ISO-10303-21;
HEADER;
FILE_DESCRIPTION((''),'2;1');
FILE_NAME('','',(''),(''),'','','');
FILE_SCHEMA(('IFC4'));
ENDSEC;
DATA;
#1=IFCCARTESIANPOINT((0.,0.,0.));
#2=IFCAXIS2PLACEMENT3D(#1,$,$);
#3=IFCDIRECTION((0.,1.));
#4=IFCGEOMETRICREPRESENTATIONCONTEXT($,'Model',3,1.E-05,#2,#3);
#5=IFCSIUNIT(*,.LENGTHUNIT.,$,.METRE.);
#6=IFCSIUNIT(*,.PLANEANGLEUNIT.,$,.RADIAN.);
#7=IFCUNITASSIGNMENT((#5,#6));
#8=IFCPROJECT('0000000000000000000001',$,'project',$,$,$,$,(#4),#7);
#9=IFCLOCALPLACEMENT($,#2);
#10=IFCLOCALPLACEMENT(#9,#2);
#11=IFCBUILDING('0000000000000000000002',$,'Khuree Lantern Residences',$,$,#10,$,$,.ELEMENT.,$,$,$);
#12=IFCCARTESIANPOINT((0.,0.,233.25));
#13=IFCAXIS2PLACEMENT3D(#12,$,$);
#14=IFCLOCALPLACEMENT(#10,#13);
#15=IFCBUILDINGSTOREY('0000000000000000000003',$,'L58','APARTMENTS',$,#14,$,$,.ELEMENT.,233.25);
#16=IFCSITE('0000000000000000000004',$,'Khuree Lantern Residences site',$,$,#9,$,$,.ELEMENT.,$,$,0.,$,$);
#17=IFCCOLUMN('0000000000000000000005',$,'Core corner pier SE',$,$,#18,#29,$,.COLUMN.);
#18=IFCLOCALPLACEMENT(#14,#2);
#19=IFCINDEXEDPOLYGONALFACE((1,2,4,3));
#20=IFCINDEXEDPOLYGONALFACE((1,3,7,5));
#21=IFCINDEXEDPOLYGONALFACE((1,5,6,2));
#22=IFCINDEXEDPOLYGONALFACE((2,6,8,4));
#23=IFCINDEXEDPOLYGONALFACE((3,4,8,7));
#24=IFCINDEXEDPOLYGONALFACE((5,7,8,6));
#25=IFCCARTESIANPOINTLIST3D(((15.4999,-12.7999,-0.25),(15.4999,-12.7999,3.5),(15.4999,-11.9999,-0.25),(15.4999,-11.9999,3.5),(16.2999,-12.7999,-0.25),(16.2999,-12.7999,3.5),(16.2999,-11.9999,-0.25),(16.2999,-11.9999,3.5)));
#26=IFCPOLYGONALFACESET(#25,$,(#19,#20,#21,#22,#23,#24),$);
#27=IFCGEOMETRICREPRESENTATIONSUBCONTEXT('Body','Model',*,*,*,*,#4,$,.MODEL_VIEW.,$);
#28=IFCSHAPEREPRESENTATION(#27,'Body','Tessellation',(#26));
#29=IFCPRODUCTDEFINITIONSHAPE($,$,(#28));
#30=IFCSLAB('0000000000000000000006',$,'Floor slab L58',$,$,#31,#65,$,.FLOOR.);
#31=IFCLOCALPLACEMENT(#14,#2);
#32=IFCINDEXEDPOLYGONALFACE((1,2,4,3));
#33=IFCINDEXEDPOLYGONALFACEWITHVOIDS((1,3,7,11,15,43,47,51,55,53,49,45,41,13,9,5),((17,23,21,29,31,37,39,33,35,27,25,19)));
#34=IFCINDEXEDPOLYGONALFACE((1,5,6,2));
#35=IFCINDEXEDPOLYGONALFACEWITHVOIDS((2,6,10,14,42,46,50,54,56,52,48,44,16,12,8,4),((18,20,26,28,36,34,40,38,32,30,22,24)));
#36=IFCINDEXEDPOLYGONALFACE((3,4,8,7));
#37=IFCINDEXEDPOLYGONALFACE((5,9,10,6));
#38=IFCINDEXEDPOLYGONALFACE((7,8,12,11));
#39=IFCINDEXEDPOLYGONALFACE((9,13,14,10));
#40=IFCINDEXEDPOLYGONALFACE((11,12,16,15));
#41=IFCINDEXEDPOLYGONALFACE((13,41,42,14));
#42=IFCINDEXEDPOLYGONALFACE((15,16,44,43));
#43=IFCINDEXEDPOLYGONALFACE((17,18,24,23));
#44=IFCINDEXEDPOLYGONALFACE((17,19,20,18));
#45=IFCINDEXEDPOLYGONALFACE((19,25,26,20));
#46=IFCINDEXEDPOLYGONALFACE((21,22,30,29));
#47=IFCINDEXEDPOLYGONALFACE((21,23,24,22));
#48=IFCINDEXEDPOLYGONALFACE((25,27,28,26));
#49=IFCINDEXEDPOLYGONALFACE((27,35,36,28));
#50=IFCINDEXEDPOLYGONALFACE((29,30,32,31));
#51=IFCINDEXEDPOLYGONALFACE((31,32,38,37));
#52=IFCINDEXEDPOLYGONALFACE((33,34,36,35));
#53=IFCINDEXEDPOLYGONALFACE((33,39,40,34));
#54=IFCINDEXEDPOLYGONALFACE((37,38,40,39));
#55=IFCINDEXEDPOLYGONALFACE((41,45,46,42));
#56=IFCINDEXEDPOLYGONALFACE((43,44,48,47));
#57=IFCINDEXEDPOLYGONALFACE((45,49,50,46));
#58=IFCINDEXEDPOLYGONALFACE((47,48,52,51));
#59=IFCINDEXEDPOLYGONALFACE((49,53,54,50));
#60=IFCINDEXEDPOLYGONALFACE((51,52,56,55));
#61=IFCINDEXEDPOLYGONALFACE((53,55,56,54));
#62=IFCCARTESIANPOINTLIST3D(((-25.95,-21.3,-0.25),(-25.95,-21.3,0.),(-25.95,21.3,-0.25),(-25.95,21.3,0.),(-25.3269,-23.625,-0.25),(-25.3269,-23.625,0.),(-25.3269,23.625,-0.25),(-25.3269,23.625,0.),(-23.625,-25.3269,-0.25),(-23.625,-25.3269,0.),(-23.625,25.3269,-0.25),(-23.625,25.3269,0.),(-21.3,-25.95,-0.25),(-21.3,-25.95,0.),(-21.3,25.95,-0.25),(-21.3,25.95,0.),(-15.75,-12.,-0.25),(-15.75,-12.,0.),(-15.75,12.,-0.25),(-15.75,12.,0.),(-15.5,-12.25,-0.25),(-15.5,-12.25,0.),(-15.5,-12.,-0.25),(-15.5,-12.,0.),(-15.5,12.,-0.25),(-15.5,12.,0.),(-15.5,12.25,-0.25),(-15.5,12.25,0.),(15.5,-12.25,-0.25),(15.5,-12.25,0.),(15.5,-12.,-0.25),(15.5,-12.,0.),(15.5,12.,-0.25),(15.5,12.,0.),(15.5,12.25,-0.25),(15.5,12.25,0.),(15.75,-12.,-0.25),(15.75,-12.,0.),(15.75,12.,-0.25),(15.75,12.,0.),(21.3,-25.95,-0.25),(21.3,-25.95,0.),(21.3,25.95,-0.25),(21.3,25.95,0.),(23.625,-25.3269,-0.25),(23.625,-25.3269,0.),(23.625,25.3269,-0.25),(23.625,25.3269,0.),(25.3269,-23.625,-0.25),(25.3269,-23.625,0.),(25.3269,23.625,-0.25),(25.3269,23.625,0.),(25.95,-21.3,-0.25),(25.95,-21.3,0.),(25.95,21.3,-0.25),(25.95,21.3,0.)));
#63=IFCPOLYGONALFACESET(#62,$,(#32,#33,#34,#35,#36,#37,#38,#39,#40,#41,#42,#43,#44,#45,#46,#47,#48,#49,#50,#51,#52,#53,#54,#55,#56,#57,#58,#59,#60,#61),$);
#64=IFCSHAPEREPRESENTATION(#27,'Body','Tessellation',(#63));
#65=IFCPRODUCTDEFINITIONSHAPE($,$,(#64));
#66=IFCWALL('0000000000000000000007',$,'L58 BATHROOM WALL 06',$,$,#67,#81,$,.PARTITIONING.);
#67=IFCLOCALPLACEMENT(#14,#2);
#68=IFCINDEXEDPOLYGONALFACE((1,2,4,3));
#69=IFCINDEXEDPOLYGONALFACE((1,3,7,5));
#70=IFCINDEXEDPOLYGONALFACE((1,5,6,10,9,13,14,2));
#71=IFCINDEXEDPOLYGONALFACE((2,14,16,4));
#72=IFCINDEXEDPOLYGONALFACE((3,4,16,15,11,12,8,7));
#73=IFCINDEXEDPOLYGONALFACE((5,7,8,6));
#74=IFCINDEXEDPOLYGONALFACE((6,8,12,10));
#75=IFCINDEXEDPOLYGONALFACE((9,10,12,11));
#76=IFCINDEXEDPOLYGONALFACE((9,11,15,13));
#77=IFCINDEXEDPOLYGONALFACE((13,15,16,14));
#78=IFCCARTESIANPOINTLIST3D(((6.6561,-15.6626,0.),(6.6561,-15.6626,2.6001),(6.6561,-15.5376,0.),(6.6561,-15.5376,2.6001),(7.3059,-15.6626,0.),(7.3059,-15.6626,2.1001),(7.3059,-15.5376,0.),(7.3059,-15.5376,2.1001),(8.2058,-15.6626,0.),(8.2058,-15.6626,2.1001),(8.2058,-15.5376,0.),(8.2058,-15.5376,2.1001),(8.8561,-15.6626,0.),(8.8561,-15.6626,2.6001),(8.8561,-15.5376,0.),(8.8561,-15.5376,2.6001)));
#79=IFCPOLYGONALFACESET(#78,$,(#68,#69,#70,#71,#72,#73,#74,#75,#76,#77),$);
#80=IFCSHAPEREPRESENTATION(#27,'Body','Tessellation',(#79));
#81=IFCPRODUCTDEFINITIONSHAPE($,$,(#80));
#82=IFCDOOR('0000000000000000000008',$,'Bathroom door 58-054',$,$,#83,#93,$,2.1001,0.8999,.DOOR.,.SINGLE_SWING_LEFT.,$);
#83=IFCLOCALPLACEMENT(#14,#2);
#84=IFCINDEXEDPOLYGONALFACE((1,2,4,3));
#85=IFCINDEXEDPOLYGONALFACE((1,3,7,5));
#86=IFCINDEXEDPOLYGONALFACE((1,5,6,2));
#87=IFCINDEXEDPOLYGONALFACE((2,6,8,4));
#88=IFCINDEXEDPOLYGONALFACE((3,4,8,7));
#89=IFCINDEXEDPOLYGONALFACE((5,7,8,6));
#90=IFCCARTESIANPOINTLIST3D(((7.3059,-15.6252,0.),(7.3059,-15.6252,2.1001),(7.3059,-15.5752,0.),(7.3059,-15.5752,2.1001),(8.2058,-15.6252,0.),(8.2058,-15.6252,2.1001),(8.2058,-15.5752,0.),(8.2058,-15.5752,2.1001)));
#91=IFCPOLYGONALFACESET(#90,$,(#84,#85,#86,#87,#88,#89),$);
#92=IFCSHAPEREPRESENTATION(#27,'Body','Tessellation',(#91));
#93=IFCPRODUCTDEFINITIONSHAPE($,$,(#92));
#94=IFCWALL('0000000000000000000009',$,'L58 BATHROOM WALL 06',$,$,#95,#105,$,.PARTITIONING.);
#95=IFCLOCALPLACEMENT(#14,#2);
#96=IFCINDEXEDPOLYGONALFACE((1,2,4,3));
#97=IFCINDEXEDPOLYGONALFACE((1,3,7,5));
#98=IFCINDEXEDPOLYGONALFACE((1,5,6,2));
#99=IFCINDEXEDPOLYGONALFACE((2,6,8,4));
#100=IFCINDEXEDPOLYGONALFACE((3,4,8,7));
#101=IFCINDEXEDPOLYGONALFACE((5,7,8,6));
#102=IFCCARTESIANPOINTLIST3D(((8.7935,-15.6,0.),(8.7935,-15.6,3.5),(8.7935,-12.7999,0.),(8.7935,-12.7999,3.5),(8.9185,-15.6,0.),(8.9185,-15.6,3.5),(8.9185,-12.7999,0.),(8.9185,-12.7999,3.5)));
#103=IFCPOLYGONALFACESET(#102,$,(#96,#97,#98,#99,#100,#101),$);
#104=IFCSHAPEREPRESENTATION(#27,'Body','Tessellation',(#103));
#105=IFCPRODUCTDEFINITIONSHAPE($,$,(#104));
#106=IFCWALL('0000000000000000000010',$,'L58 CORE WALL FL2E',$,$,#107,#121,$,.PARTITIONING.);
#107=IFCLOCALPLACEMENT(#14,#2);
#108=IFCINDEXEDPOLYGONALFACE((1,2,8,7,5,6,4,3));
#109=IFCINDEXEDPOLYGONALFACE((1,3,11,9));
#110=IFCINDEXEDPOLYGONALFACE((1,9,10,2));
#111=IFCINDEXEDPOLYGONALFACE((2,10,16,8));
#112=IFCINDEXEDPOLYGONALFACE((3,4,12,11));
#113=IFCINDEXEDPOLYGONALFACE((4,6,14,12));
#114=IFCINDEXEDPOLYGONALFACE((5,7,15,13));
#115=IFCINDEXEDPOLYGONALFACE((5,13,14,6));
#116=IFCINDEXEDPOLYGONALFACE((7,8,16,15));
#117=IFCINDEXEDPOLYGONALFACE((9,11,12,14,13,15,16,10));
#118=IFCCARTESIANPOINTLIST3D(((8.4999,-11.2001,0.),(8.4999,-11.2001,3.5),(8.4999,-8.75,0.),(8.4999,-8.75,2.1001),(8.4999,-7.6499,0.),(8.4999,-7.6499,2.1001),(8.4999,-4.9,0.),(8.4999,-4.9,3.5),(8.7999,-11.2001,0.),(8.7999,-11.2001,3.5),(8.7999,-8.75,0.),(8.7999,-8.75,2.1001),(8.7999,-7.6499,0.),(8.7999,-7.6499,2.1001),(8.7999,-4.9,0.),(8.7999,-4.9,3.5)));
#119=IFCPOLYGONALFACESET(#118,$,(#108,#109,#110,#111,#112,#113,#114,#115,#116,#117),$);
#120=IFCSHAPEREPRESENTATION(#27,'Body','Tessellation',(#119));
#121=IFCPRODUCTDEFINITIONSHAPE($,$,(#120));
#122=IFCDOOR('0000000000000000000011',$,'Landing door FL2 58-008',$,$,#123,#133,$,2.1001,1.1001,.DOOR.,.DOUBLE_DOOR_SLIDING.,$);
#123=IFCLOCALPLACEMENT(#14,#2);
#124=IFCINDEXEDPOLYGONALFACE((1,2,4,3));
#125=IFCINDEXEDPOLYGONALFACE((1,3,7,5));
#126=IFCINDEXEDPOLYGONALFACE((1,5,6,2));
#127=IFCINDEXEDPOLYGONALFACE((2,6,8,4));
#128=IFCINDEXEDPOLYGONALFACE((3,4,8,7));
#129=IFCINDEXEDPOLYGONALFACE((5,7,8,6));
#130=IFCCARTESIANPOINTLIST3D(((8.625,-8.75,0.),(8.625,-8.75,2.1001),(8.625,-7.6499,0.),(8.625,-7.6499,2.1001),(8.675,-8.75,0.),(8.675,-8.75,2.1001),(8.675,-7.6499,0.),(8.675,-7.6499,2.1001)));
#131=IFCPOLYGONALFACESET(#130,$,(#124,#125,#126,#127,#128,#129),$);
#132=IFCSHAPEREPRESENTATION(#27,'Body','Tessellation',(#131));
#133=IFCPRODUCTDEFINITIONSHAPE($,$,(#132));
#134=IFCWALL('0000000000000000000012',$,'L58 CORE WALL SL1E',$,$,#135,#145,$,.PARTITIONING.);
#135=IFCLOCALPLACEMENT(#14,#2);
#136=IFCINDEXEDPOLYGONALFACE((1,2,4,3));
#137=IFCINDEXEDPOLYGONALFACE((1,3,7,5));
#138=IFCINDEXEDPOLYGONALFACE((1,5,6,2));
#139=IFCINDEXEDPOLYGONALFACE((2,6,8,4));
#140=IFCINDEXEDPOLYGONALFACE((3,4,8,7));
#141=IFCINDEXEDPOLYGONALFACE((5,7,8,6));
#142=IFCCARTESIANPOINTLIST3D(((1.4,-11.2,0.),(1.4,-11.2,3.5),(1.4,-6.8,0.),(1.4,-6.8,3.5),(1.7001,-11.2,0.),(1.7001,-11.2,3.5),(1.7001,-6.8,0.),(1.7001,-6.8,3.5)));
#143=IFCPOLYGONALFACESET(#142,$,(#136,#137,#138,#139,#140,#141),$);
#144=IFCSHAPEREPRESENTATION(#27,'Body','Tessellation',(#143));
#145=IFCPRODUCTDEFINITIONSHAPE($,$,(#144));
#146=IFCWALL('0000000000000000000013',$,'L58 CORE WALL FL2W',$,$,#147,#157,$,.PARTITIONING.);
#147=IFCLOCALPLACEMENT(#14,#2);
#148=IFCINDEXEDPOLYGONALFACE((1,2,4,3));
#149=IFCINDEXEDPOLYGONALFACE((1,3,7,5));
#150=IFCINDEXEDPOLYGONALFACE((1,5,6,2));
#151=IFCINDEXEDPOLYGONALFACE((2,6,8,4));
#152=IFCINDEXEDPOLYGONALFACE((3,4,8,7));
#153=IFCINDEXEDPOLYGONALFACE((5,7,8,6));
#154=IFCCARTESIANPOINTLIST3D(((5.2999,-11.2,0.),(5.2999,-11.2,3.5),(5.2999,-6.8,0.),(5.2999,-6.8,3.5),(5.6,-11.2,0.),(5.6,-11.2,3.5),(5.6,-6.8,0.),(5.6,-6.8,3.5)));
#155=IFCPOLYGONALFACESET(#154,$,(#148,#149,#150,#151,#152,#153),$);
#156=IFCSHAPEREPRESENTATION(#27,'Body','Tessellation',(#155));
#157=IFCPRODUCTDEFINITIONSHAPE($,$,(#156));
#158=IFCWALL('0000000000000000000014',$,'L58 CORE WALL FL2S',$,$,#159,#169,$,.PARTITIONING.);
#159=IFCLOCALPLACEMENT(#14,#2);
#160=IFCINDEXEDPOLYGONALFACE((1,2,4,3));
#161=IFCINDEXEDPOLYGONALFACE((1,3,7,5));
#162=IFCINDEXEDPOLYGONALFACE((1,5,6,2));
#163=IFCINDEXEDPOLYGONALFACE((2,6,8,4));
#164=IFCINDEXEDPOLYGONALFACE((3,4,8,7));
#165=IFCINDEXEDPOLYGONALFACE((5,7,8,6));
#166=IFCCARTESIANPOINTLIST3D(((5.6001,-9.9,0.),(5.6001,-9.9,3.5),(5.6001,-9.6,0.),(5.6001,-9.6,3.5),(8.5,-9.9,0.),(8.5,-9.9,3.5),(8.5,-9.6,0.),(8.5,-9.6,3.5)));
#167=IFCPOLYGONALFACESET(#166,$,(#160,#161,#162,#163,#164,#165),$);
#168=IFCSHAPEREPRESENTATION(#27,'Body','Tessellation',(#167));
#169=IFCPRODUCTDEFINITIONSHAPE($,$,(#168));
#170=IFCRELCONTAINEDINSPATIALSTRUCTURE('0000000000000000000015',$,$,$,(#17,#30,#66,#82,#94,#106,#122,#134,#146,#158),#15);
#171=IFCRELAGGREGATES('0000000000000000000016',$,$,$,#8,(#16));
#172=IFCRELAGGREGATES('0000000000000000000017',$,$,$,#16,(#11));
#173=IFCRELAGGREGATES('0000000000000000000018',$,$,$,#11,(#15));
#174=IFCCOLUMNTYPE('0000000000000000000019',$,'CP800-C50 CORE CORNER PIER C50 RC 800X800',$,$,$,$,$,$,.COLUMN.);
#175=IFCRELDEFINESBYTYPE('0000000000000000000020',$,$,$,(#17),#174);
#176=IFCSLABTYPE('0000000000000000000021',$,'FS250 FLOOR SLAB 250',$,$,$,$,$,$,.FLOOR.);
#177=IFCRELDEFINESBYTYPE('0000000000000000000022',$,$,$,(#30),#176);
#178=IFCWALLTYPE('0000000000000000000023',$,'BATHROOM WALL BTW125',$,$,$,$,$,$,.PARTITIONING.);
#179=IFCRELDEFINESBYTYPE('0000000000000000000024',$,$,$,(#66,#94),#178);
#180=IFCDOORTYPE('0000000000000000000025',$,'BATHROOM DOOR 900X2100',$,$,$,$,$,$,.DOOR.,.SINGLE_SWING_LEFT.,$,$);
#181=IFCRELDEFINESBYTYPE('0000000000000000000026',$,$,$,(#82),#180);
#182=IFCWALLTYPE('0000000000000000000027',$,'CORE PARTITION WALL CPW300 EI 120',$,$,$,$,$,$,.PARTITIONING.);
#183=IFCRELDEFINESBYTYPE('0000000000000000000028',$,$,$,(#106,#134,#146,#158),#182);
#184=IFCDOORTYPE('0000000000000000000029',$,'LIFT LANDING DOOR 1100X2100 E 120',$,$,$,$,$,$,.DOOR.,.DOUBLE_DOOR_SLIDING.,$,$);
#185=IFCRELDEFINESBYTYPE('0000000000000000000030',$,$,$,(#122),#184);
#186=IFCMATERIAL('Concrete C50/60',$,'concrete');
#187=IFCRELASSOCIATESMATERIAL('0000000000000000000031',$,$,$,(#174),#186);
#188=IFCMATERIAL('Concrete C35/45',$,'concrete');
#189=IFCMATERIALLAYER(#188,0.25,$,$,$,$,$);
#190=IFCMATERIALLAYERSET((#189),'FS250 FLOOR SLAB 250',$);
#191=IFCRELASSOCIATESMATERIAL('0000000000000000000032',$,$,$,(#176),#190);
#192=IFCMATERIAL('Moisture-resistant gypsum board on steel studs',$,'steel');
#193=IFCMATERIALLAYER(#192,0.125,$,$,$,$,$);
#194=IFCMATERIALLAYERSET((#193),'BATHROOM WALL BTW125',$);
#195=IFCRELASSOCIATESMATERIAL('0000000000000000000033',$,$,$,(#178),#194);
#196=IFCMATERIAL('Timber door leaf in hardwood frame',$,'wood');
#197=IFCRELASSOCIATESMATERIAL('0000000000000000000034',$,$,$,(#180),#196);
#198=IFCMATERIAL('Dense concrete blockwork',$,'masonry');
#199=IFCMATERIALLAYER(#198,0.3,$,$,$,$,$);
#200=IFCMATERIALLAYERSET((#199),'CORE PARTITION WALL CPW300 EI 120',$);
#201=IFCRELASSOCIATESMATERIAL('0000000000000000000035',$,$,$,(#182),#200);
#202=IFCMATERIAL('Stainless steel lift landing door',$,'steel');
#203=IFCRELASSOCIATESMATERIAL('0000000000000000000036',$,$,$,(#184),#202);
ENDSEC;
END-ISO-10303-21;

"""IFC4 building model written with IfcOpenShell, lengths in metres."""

from ifc_helpers import new_model, si_unit, direction, frame, frame_2d, origin, origin_2d, place, context, subcontext, project, spatial, polyline, rectangle, outline, extrude, material, layer, layer_set, material_profile, profile_set, type_object, element, fill, save


model = new_model("IFC4")

# Units and contexts
model_context = context("Model", 3, precision=1e-05, world=origin(), true_north=direction((0.0, 1.0)))
body_context = subcontext(model_context, "Body", "Model", "MODEL_VIEW")
ifc_project = project(units=[si_unit("LENGTHUNIT", "METRE"), si_unit("PLANEANGLEUNIT", "RADIAN")], contexts=[model_context])

# Site, building, storey
site_placement = place(None, origin())
site = spatial("IfcSite", under=ifc_project, at=site_placement, Name="Khuree Lantern Residences site", CompositionType="ELEMENT", RefElevation=0.0)
building_placement = place(site_placement, origin())
building = spatial("IfcBuilding", under=site, at=building_placement, Name="Khuree Lantern Residences", CompositionType="ELEMENT")
storey_placement = place(building_placement, frame((0.0, 0.0, 233.25)))
storey = spatial("IfcBuildingStorey", under=building, at=storey_placement, Name="L58", Description="APARTMENTS", CompositionType="ELEMENT", Elevation=233.25)

# Column
ifc_material_1 = material(Name="Concrete C50/60", Category="concrete")
ifc_material_profile = material_profile(ifc_material_1, rectangle(XDim=0.8, YDim=0.8, at=origin_2d()), Name="RC 800X800")
ifc_profile_set = profile_set([ifc_material_profile], Name="Concrete C50/60")
column_type = type_object("IfcColumnType", Name="CP800-C50 CORE CORNER PIER C50 RC 800X800", PredefinedType="COLUMN", material=ifc_profile_set)
column_placement = place(storey_placement, frame((15.8999, -12.3999, -0.25), z_axis=(0.0, 0.0, 1.0), x_axis=(1.0, 0.0, 0.0)))
element("IfcColumn", 1, at=column_placement, inside=storey, type_object=column_type, Name="Core corner pier SE", PredefinedType="COLUMN", context=body_context, shape_type="SweptSolid", body=[
    extrude(rectangle(XDim=0.8, YDim=0.8, at=origin_2d()), origin(), (0.0, 0.0, 1.0), 3.75),
])

# Slab
ifc_material_2 = material(Name="Concrete C35/45", Category="concrete")
ifc_layer_1 = layer(ifc_material_2, 0.25)
ifc_layer_set_1 = layer_set([ifc_layer_1], Name="FS250 FLOOR SLAB 250")
slab_type = type_object("IfcSlabType", Name="FS250 FLOOR SLAB 250", PredefinedType="FLOOR", material=ifc_layer_set_1)
slab_placement = place(storey_placement, frame((0.0, 0.0, -0.25)))
element("IfcSlab", 2, at=slab_placement, inside=storey, type_object=slab_type, Name="Floor slab L58", PredefinedType="FLOOR", context=body_context, shape_type="SweptSolid", body=[
    extrude(outline(polyline([(-23.625, -25.3269), (-25.3269, -23.625), (-25.95, -21.3), (-25.95, 21.3), (-25.3269, 23.625), (-23.625, 25.3269), (-21.3, 25.95), (21.3, 25.95), (23.625, 25.3269), (25.3269, 23.625), (25.95, 21.3), (25.95, -21.3), (25.3269, -23.625), (23.625, -25.3269), (21.3, -25.95), (-21.3, -25.95), (-23.625, -25.3269)]), holes=[polyline([(15.75, 12.0), (15.5, 12.0), (15.5, 12.25), (-15.5, 12.25), (-15.5, 12.0), (-15.75, 12.0), (-15.75, -12.0), (-15.5, -12.0), (-15.5, -12.25), (15.5, -12.25), (15.5, -12.0), (15.75, -12.0), (15.75, 12.0)])]), origin(), (0.0, 0.0, 1.0), 0.25),
])

# Wall, opening, door
ifc_material_3 = material(Name="Moisture-resistant gypsum board on steel studs", Category="steel")
ifc_layer_2 = layer(ifc_material_3, 0.125)
ifc_layer_set_2 = layer_set([ifc_layer_2], Name="BATHROOM WALL BTW125")
wall_type_1 = type_object("IfcWallType", Name="BATHROOM WALL BTW125", PredefinedType="PARTITIONING", material=ifc_layer_set_2)
wall_1_placement = place(storey_placement, frame((6.656, -15.6001, 0.0), z_axis=(0.0, 0.0, 1.0), x_axis=(1.0, 0.0, 0.0)))
wall_1 = element("IfcWall", 3, at=wall_1_placement, inside=storey, type_object=wall_type_1, Name="L58 BATHROOM WALL 06", PredefinedType="PARTITIONING", context=body_context, shape_type="SweptSolid", body=[
    extrude(rectangle(XDim=2.2, YDim=0.125, at=frame_2d((1.1001, 0.0))), origin(), (0.0, 0.0, 1.0), 2.6001),
])
opening_1_placement = place(wall_1_placement, frame((0.6499, 0.0, 0.0)))
opening_1 = element("IfcOpeningElement", 4, at=opening_1_placement, cuts=wall_1, PredefinedType="OPENING", context=body_context, shape_type="SweptSolid", body=[
    extrude(rectangle(XDim=0.8999, YDim=2.1001, at=frame_2d((0.45, 1.05))), frame((0.0, 0.0725, 0.0), z_axis=(0.0, -1.0, 0.0), x_axis=(1.0, 0.0, 0.0)), (0.0, 0.0, 1.0), 0.145),
])
ifc_material_4 = material(Name="Timber door leaf in hardwood frame", Category="wood")
door_type_1 = type_object("IfcDoorType", Name="BATHROOM DOOR 900X2100", OperationType="SINGLE_SWING_LEFT", PredefinedType="DOOR", material=ifc_material_4)
door_1_placement = place(opening_1_placement, origin())
door_1 = element("IfcDoor", 5, at=door_1_placement, inside=storey, type_object=door_type_1, Name="Bathroom door 58-054", OperationType="SINGLE_SWING_LEFT", OverallHeight=2.1001, OverallWidth=0.8999, PredefinedType="DOOR", context=body_context, shape_type="SweptSolid", body=[
    extrude(rectangle(XDim=0.8999, YDim=2.1001, at=frame_2d((0.45, 1.05))), frame((0.0, 0.0249, 0.0), z_axis=(0.0, -1.0, 0.0), x_axis=(1.0, 0.0, 0.0)), (0.0, 0.0, 1.0), 0.05),
])
fill(opening_1, door_1)

# Wall
wall_2_placement = place(storey_placement, frame((8.856, -12.8, 0.0), z_axis=(0.0, 0.0, 1.0), x_axis=(0.0, -1.0, 0.0)))
element("IfcWall", 6, at=wall_2_placement, inside=storey, type_object=wall_type_1, Name="L58 BATHROOM WALL 06", PredefinedType="PARTITIONING", context=body_context, shape_type="SweptSolid", body=[
    extrude(rectangle(XDim=2.8, YDim=0.125, at=frame_2d((1.3999, 0.0))), origin(), (0.0, 0.0, 1.0), 3.5),
])

# Wall, opening, door
ifc_material_5 = material(Name="Dense concrete blockwork", Category="masonry")
ifc_layer_3 = layer(ifc_material_5, 0.3)
ifc_layer_set_3 = layer_set([ifc_layer_3], Name="CORE PARTITION WALL CPW300 EI 120")
wall_type_2 = type_object("IfcWallType", Name="CORE PARTITION WALL CPW300 EI 120", PredefinedType="PARTITIONING", material=ifc_layer_set_3)
wall_3_placement = place(storey_placement, frame((8.6499, -11.2, 0.0), z_axis=(0.0, 0.0, 1.0), x_axis=(0.0, 1.0, 0.0)))
wall_3 = element("IfcWall", 7, at=wall_3_placement, inside=storey, type_object=wall_type_2, Name="L58 CORE WALL FL2E", PredefinedType="PARTITIONING", context=body_context, shape_type="SweptSolid", body=[
    extrude(rectangle(XDim=6.3, YDim=0.3, at=frame_2d((3.1499, 0.0))), origin(), (0.0, 0.0, 1.0), 3.5),
])
opening_2_placement = place(wall_3_placement, frame((2.45, 0.0, 0.0)))
opening_2 = element("IfcOpeningElement", 8, at=opening_2_placement, cuts=wall_3, PredefinedType="OPENING", context=body_context, shape_type="SweptSolid", body=[
    extrude(rectangle(XDim=1.1001, YDim=2.1001, at=frame_2d((0.55, 1.05))), frame((0.0, 0.1602, 0.0), z_axis=(0.0, -1.0, 0.0), x_axis=(1.0, 0.0, 0.0)), (0.0, 0.0, 1.0), 0.3201),
])
ifc_material_6 = material(Name="Stainless steel lift landing door", Category="steel")
door_type_2 = type_object("IfcDoorType", Name="LIFT LANDING DOOR 1100X2100 E 120", OperationType="DOUBLE_DOOR_SLIDING", PredefinedType="DOOR", material=ifc_material_6)
door_2_placement = place(opening_2_placement, origin())
door_2 = element("IfcDoor", 9, at=door_2_placement, inside=storey, type_object=door_type_2, Name="Landing door FL2 58-008", OperationType="DOUBLE_DOOR_SLIDING", OverallHeight=2.1001, OverallWidth=1.1001, PredefinedType="DOOR", context=body_context, shape_type="SweptSolid", body=[
    extrude(rectangle(XDim=1.1001, YDim=2.1001, at=frame_2d((0.55, 1.05))), frame((0.0, 0.0249, 0.0), z_axis=(0.0, -1.0, 0.0), x_axis=(1.0, 0.0, 0.0)), (0.0, 0.0, 1.0), 0.05),
])
fill(opening_2, door_2)

# Walls
for number, where, z_axis, x_axis, name in (
    (10, (1.55, -11.2, 0.0), (0.0, 0.0, 1.0), (0.0, 1.0, 0.0), "L58 CORE WALL SL1E"),
    (11, (5.45, -11.2, 0.0), (0.0, 0.0, 1.0), (0.0, 1.0, 0.0), "L58 CORE WALL FL2W"),
):
    element("IfcWall", number, at=place(storey_placement, frame(where, z_axis=z_axis, x_axis=x_axis)), inside=storey, type_object=wall_type_2, Name=name, PredefinedType="PARTITIONING", context=body_context, shape_type="SweptSolid", body=[
        extrude(rectangle(XDim=4.3999, YDim=0.3, at=frame_2d((2.2, 0.0))), origin(), (0.0, 0.0, 1.0), 3.5),
    ])
wall_4_placement = place(storey_placement, frame((5.6001, -9.75, 0.0), z_axis=(0.0, 0.0, 1.0), x_axis=(1.0, 0.0, 0.0)))
element("IfcWall", 12, at=wall_4_placement, inside=storey, type_object=wall_type_2, Name="L58 CORE WALL FL2S", PredefinedType="PARTITIONING", context=body_context, shape_type="SweptSolid", body=[
    extrude(rectangle(XDim=2.8999, YDim=0.3, at=frame_2d((1.45, 0.0))), origin(), (0.0, 0.0, 1.0), 3.5),
])

save(model, "model.ifc")
